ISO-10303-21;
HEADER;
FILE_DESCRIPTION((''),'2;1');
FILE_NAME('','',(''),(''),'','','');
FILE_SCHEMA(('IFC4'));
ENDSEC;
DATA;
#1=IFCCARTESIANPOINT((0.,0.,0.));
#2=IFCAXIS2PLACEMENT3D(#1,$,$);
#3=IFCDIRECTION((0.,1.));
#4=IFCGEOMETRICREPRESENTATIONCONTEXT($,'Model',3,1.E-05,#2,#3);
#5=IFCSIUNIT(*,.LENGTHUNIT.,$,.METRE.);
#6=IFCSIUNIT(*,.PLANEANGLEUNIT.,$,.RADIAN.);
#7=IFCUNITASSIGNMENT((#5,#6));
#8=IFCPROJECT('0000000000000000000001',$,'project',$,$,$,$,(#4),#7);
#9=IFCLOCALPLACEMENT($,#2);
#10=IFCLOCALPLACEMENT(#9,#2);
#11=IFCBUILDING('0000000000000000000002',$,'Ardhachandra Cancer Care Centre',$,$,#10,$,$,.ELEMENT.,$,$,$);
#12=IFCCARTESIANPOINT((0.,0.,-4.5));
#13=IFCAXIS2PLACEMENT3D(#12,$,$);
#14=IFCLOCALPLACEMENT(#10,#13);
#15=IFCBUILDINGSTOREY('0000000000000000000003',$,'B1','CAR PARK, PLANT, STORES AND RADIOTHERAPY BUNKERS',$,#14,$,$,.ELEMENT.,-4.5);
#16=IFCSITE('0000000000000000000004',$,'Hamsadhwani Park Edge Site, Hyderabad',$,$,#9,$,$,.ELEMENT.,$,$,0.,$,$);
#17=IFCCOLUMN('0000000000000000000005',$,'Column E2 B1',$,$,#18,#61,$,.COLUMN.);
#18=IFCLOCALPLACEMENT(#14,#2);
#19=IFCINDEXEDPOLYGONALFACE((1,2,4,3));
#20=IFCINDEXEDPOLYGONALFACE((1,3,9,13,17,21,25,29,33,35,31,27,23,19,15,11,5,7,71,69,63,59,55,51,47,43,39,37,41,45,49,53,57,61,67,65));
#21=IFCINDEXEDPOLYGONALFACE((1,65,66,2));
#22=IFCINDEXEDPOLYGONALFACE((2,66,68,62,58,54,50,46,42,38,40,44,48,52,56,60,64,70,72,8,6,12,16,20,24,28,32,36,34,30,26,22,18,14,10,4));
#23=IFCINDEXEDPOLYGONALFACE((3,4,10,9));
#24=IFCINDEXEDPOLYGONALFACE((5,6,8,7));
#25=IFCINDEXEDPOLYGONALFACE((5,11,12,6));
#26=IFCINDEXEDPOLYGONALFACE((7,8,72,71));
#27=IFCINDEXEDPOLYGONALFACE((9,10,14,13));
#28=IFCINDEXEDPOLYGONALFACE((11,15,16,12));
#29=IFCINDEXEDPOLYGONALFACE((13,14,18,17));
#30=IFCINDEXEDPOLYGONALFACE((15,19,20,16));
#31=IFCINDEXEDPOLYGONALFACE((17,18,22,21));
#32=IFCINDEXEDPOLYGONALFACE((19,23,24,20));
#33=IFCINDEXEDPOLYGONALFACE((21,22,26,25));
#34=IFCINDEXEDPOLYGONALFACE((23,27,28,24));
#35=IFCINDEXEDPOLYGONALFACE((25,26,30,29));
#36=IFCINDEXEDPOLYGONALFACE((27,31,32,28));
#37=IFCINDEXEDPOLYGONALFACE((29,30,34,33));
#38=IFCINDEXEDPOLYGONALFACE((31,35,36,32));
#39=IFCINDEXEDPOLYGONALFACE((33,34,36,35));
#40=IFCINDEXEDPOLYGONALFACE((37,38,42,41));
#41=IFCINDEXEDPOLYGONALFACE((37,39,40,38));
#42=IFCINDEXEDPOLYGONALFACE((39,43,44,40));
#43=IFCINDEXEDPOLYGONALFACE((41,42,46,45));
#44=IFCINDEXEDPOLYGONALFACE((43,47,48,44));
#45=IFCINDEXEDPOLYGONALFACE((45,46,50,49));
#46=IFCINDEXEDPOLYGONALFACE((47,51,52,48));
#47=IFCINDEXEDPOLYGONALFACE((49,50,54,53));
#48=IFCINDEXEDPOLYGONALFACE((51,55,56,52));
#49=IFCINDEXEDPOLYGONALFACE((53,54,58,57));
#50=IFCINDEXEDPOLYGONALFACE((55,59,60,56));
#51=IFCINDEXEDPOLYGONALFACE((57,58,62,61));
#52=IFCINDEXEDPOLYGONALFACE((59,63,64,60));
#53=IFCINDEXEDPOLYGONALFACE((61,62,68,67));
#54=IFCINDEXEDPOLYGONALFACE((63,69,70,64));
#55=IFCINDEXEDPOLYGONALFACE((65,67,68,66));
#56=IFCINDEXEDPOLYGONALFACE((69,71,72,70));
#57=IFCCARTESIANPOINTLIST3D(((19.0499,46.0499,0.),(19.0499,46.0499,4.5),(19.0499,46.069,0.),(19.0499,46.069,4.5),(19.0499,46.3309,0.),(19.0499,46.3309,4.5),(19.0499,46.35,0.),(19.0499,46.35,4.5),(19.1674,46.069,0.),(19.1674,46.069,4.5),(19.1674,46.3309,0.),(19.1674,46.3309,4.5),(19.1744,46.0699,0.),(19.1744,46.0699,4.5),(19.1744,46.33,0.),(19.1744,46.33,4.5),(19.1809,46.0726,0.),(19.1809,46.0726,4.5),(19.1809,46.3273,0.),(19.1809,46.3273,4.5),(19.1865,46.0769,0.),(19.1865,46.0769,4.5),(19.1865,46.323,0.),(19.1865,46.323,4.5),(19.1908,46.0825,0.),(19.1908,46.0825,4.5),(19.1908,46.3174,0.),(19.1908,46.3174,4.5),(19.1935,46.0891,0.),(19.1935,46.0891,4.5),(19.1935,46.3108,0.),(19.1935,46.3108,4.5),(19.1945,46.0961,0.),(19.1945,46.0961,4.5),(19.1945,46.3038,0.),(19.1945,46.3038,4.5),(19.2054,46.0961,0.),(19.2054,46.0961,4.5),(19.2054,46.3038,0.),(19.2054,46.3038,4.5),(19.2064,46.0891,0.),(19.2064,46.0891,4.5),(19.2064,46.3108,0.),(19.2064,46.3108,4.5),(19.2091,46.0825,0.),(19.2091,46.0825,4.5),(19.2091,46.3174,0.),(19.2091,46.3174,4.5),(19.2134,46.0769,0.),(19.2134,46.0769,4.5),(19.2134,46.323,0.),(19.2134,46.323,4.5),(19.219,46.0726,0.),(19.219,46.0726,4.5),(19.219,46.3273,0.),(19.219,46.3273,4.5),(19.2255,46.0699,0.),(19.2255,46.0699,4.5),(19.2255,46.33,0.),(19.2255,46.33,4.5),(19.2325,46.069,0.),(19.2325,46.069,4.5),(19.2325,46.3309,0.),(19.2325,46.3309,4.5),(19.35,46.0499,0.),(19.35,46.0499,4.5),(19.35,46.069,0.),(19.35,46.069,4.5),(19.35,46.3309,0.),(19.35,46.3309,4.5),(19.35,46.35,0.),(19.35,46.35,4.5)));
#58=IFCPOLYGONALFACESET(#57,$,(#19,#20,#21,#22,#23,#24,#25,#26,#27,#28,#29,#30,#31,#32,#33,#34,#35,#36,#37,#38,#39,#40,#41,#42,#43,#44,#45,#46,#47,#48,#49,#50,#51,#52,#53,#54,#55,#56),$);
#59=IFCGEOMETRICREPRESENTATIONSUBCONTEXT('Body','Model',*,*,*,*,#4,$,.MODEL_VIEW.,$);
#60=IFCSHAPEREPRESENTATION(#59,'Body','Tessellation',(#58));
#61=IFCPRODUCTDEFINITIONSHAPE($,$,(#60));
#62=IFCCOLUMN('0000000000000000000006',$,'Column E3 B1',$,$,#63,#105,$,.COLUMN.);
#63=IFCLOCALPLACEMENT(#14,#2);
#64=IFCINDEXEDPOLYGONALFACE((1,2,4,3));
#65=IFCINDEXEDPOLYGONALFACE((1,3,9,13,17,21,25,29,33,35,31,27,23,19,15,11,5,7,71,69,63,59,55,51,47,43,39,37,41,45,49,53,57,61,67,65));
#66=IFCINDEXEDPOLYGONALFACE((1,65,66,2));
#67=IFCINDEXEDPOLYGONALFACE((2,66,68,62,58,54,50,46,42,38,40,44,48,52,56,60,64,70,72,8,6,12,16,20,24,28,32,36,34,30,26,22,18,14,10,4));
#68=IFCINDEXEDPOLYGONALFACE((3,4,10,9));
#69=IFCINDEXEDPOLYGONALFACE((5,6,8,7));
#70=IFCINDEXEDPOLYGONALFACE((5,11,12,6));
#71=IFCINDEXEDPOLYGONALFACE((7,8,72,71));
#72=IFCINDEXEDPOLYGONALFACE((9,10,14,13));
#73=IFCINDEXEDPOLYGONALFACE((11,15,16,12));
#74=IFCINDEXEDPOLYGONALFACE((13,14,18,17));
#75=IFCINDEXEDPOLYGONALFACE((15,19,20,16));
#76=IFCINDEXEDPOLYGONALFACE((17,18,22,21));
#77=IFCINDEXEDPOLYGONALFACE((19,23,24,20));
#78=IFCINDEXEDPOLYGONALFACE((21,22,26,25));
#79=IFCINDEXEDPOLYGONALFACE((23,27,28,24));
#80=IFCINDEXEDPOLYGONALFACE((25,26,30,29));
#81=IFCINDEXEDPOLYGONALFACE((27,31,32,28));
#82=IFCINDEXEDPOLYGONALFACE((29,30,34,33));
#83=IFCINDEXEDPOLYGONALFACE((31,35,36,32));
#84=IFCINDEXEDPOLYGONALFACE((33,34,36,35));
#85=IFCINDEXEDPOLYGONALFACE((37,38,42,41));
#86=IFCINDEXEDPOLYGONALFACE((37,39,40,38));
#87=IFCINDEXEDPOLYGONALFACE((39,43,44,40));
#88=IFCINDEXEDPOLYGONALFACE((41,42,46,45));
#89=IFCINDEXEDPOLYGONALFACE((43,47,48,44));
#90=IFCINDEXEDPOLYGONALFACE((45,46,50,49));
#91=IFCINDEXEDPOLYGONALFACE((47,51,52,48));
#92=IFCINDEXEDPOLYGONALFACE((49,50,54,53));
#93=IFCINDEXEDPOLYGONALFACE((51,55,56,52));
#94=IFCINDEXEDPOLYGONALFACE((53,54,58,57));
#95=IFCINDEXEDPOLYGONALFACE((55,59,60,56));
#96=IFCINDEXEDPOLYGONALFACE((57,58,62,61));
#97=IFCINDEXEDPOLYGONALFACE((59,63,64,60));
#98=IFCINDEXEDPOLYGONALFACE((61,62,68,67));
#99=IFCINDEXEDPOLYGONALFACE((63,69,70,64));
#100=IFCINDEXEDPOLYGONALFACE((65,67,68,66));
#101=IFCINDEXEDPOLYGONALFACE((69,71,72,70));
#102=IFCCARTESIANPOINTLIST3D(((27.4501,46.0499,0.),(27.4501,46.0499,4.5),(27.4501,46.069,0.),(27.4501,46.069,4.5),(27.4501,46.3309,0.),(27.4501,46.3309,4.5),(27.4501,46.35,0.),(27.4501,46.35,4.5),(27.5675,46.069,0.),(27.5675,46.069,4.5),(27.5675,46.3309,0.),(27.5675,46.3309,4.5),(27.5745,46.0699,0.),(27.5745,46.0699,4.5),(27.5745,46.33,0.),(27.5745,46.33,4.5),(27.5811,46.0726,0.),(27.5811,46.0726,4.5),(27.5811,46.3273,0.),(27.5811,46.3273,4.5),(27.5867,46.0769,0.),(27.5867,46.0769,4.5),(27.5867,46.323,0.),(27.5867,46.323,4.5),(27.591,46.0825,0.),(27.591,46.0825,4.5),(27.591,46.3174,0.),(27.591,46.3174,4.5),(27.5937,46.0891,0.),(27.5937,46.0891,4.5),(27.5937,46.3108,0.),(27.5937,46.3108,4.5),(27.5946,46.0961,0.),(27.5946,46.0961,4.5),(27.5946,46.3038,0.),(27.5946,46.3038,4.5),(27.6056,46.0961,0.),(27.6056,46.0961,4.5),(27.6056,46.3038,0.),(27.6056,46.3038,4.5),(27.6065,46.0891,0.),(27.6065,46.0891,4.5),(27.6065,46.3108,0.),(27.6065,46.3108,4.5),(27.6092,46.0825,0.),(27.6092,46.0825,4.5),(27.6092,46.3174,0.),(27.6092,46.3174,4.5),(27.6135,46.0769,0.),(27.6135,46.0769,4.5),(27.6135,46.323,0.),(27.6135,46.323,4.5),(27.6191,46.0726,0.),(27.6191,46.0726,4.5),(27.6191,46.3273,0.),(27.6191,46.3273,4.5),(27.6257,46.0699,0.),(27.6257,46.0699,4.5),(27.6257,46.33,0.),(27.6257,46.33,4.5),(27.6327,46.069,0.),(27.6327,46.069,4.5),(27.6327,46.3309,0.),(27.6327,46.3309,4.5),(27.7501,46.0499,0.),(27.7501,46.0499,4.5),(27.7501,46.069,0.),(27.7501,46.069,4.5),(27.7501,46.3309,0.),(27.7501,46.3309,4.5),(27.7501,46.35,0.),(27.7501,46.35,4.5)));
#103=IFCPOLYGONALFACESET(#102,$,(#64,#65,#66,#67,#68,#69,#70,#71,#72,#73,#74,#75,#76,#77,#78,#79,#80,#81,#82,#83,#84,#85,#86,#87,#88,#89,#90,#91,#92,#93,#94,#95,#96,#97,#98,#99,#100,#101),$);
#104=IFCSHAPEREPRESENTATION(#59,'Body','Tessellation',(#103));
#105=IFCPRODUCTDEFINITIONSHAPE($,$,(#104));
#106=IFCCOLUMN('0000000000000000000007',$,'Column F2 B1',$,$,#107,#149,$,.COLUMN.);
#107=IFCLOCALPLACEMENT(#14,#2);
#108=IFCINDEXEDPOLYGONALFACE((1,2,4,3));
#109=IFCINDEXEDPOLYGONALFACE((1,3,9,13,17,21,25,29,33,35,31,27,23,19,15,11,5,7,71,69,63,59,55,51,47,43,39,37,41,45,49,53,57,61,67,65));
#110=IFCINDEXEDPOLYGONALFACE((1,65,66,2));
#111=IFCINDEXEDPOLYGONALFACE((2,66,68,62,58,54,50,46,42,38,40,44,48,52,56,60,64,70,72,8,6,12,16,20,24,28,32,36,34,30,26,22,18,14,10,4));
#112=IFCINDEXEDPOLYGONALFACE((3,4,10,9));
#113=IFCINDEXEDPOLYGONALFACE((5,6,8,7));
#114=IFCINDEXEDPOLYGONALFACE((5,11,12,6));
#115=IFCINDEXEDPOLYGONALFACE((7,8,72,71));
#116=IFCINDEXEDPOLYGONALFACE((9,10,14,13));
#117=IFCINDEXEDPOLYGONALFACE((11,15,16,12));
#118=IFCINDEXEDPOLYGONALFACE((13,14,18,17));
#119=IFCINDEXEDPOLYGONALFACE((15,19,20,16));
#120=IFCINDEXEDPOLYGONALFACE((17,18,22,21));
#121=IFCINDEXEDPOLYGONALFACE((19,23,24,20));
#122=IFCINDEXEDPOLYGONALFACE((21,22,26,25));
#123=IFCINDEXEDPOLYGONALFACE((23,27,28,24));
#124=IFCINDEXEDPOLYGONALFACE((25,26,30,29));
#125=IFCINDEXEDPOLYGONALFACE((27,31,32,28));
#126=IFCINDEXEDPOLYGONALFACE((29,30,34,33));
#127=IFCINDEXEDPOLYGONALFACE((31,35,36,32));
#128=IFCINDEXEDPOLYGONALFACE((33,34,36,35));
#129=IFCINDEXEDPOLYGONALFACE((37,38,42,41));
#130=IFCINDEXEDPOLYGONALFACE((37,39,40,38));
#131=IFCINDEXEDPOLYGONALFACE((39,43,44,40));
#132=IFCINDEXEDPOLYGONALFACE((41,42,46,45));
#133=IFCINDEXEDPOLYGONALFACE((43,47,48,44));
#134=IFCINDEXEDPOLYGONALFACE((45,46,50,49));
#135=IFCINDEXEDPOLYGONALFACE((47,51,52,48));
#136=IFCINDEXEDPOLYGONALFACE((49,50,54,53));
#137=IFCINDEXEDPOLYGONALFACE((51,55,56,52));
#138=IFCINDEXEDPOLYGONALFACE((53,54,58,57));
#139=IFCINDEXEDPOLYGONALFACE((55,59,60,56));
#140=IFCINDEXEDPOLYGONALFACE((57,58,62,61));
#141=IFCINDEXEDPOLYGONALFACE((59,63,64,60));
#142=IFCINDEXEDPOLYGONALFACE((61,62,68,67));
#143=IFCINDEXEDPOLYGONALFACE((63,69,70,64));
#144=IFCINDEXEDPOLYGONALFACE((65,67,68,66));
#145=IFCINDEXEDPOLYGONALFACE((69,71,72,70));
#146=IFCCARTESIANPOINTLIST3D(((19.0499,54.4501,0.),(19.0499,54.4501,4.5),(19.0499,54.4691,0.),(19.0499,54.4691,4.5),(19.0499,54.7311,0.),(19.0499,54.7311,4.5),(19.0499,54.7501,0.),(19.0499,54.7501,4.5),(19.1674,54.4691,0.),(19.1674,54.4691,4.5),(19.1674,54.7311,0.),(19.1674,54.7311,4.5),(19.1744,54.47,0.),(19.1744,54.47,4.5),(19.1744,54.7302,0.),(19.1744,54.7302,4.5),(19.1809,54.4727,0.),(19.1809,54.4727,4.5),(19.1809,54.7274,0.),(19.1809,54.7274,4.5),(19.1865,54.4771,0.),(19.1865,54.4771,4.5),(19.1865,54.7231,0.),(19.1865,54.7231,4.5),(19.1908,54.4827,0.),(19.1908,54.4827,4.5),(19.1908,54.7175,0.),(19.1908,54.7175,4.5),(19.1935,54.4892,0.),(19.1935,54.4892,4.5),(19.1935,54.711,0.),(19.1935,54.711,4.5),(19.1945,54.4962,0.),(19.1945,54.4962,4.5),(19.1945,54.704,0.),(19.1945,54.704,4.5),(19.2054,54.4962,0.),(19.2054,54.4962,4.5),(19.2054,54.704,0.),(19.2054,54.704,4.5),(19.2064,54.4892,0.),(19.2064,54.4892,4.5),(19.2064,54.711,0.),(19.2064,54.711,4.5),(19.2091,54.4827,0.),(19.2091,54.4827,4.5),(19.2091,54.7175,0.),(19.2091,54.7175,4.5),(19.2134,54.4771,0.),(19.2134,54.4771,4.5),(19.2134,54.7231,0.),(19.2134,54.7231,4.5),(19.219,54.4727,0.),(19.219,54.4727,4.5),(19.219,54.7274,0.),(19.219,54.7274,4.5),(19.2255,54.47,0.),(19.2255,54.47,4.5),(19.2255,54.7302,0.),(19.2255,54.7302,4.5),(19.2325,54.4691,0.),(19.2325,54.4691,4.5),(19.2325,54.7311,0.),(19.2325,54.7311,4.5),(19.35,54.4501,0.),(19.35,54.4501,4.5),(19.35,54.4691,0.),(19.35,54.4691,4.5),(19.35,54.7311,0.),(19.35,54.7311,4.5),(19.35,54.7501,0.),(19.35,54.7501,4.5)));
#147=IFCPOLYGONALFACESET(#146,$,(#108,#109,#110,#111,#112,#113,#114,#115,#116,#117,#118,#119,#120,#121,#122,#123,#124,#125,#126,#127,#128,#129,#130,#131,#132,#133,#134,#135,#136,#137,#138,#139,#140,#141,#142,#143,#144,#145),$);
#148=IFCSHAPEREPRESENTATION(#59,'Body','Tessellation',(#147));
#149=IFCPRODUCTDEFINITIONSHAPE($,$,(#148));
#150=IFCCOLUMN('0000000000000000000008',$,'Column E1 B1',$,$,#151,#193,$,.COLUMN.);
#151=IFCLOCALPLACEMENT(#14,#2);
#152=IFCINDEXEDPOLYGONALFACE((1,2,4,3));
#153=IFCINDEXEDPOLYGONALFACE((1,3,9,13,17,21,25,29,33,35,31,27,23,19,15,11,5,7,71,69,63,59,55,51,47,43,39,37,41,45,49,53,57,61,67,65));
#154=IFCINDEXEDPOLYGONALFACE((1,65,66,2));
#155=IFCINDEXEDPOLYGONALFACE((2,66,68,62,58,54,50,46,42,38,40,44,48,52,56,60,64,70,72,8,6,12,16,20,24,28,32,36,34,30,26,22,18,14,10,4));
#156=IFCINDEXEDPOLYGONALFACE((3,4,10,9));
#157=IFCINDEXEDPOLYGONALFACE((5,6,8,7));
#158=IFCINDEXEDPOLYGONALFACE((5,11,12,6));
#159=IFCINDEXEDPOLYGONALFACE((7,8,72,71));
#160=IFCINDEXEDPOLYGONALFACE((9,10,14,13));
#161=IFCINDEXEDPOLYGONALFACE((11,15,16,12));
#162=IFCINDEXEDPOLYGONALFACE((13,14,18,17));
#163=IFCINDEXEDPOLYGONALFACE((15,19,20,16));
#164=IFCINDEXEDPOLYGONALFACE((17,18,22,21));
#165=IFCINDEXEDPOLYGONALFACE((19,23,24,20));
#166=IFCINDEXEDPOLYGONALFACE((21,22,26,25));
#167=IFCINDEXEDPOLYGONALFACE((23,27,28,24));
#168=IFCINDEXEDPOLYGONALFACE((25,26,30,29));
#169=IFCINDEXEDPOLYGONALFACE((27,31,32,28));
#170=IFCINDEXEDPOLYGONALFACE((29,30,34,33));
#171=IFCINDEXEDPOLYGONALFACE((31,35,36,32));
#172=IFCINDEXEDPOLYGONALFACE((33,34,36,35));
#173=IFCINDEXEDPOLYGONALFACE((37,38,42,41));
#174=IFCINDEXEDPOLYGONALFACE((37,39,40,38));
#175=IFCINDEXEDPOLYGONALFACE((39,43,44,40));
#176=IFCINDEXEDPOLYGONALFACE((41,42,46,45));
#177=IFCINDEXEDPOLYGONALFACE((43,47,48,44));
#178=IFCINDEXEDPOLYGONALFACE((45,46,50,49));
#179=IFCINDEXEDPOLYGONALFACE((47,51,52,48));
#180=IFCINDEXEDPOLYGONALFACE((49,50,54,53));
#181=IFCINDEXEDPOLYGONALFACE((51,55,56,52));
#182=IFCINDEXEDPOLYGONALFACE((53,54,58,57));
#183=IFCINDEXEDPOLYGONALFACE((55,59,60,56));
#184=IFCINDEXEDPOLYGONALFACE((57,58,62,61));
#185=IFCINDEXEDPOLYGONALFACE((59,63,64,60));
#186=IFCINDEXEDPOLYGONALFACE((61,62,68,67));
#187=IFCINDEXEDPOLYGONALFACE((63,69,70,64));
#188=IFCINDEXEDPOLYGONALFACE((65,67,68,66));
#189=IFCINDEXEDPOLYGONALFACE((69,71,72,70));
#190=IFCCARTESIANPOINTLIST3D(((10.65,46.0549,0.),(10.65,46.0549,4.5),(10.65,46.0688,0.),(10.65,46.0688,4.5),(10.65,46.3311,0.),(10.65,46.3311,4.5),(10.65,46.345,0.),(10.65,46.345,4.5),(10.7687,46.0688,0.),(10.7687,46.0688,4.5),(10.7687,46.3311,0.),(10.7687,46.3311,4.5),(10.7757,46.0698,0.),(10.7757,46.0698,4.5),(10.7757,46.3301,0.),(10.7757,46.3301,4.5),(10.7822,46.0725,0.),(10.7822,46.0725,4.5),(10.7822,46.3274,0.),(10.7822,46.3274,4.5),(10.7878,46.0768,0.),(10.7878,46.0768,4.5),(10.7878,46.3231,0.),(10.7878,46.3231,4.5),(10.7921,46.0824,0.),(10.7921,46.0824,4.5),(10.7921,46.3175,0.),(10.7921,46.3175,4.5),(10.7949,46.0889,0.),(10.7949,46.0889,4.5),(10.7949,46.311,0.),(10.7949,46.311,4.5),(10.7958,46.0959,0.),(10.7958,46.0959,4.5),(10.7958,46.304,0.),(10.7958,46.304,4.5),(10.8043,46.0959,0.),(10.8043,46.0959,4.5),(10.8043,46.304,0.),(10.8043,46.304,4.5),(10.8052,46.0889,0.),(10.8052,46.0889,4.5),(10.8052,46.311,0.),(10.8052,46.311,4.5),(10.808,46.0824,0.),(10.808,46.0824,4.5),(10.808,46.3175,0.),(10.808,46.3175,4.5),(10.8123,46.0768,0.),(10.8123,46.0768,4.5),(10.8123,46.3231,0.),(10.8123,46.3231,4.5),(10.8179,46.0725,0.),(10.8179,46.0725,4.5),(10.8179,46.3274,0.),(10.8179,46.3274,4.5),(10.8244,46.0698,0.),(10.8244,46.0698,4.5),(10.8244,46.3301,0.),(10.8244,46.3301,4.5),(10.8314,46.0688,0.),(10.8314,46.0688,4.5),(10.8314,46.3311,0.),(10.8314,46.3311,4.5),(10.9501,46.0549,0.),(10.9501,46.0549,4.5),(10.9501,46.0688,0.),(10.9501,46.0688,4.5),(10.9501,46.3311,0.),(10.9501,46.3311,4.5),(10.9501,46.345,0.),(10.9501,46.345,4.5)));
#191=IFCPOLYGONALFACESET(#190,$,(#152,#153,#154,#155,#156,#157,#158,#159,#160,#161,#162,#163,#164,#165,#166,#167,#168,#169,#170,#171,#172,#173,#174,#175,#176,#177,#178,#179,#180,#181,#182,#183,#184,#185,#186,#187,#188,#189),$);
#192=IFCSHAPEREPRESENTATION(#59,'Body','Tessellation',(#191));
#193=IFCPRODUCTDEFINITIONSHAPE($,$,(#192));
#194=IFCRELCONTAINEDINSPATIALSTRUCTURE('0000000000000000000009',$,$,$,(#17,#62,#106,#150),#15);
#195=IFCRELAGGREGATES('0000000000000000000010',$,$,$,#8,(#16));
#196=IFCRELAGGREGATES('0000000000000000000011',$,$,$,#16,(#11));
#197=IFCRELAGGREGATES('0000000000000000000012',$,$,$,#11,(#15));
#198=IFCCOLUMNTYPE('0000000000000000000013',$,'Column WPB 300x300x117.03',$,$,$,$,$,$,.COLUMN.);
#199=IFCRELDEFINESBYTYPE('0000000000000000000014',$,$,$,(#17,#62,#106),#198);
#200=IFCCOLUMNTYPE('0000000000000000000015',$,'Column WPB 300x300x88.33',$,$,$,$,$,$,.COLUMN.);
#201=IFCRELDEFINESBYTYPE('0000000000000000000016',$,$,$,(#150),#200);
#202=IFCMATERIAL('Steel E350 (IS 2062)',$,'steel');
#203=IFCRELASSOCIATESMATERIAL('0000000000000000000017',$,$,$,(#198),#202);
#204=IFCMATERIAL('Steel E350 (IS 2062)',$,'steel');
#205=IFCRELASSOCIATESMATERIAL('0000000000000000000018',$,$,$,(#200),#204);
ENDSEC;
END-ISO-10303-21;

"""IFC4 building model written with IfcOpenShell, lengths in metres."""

from ifc_helpers import new_model, si_unit, direction, frame, origin, origin_2d, place, context, subcontext, project, spatial, i_section, extrude, material, material_profile, profile_set, type_object, element, save


model = new_model("IFC4")

# Units and contexts
model_context = context("Model", 3, precision=1e-05, world=origin(), true_north=direction((0.0, 1.0)))
body_context = subcontext(model_context, "Body", "Model", "MODEL_VIEW")
ifc_project = project(units=[si_unit("LENGTHUNIT", "METRE"), si_unit("PLANEANGLEUNIT", "RADIAN")], contexts=[model_context])

# Site, building, storey
site_placement = place(None, origin())
site = spatial("IfcSite", under=ifc_project, at=site_placement, Name="Hamsadhwani Park Edge Site, Hyderabad", CompositionType="ELEMENT", RefElevation=0.0)
building_placement = place(site_placement, origin())
building = spatial("IfcBuilding", under=site, at=building_placement, Name="Ardhachandra Cancer Care Centre", CompositionType="ELEMENT")
storey_placement = place(building_placement, frame((0.0, 0.0, -4.5)))
storey = spatial("IfcBuildingStorey", under=building, at=storey_placement, Name="B1", Description="CAR PARK, PLANT, STORES AND RADIOTHERAPY BUNKERS", CompositionType="ELEMENT", Elevation=-4.5)

# Columns
ifc_material_1 = material(Name="Steel E350 (IS 2062)", Category="steel")
ifc_material_profile_1 = material_profile(ifc_material_1, i_section(OverallWidth=0.3, OverallDepth=0.3, WebThickness=0.011, FlangeThickness=0.019, FilletRadius=0.0271, at=origin_2d()), Name="WPB 300x300x117.03")
ifc_profile_set_1 = profile_set([ifc_material_profile_1], Name="Steel E350 (IS 2062)")
column_type_1 = type_object("IfcColumnType", Name="Column WPB 300x300x117.03", PredefinedType="COLUMN", material=ifc_profile_set_1)
for number, where, z_axis, x_axis, name in (
    (1, (19.2, 46.2, 0.0), (0.0, 0.0, 1.0), (1.0, 0.0, 0.0), "Column E2 B1"),
    (2, (27.6001, 46.2, 0.0), (0.0, 0.0, 1.0), (1.0, 0.0, 0.0), "Column E3 B1"),
    (3, (19.2, 54.6001, 0.0), (0.0, 0.0, 1.0), (1.0, 0.0, 0.0), "Column F2 B1"),
):
    element("IfcColumn", number, at=place(storey_placement, frame(where, z_axis=z_axis, x_axis=x_axis)), inside=storey, type_object=column_type_1, Name=name, PredefinedType="COLUMN", context=body_context, shape_type="SweptSolid", body=[
        extrude(i_section(OverallWidth=0.3, OverallDepth=0.3, WebThickness=0.011, FlangeThickness=0.019, FilletRadius=0.0271, at=origin_2d()), origin(), (0.0, 0.0, 1.0), 4.5),
    ])
ifc_material_2 = material(Name="Steel E350 (IS 2062)", Category="steel")
ifc_material_profile_2 = material_profile(ifc_material_2, i_section(OverallWidth=0.3, OverallDepth=0.29, WebThickness=0.0085, FlangeThickness=0.0139, FilletRadius=0.0271, at=origin_2d()), Name="WPB 300x300x88.33")
ifc_profile_set_2 = profile_set([ifc_material_profile_2], Name="Steel E350 (IS 2062)")
column_type_2 = type_object("IfcColumnType", Name="Column WPB 300x300x88.33", PredefinedType="COLUMN", material=ifc_profile_set_2)
for number, where, z_axis, x_axis, name in (
    (4, (10.8, 46.2, 0.0), (0.0, 0.0, 1.0), (1.0, 0.0, 0.0), "Column E1 B1"),
):
    element("IfcColumn", number, at=place(storey_placement, frame(where, z_axis=z_axis, x_axis=x_axis)), inside=storey, type_object=column_type_2, Name=name, PredefinedType="COLUMN", context=body_context, shape_type="SweptSolid", body=[
        extrude(i_section(OverallWidth=0.3, OverallDepth=0.29, WebThickness=0.0085, FlangeThickness=0.0139, FilletRadius=0.0271, at=origin_2d()), origin(), (0.0, 0.0, 1.0), 4.5),
    ])

save(model, "model.ifc")
